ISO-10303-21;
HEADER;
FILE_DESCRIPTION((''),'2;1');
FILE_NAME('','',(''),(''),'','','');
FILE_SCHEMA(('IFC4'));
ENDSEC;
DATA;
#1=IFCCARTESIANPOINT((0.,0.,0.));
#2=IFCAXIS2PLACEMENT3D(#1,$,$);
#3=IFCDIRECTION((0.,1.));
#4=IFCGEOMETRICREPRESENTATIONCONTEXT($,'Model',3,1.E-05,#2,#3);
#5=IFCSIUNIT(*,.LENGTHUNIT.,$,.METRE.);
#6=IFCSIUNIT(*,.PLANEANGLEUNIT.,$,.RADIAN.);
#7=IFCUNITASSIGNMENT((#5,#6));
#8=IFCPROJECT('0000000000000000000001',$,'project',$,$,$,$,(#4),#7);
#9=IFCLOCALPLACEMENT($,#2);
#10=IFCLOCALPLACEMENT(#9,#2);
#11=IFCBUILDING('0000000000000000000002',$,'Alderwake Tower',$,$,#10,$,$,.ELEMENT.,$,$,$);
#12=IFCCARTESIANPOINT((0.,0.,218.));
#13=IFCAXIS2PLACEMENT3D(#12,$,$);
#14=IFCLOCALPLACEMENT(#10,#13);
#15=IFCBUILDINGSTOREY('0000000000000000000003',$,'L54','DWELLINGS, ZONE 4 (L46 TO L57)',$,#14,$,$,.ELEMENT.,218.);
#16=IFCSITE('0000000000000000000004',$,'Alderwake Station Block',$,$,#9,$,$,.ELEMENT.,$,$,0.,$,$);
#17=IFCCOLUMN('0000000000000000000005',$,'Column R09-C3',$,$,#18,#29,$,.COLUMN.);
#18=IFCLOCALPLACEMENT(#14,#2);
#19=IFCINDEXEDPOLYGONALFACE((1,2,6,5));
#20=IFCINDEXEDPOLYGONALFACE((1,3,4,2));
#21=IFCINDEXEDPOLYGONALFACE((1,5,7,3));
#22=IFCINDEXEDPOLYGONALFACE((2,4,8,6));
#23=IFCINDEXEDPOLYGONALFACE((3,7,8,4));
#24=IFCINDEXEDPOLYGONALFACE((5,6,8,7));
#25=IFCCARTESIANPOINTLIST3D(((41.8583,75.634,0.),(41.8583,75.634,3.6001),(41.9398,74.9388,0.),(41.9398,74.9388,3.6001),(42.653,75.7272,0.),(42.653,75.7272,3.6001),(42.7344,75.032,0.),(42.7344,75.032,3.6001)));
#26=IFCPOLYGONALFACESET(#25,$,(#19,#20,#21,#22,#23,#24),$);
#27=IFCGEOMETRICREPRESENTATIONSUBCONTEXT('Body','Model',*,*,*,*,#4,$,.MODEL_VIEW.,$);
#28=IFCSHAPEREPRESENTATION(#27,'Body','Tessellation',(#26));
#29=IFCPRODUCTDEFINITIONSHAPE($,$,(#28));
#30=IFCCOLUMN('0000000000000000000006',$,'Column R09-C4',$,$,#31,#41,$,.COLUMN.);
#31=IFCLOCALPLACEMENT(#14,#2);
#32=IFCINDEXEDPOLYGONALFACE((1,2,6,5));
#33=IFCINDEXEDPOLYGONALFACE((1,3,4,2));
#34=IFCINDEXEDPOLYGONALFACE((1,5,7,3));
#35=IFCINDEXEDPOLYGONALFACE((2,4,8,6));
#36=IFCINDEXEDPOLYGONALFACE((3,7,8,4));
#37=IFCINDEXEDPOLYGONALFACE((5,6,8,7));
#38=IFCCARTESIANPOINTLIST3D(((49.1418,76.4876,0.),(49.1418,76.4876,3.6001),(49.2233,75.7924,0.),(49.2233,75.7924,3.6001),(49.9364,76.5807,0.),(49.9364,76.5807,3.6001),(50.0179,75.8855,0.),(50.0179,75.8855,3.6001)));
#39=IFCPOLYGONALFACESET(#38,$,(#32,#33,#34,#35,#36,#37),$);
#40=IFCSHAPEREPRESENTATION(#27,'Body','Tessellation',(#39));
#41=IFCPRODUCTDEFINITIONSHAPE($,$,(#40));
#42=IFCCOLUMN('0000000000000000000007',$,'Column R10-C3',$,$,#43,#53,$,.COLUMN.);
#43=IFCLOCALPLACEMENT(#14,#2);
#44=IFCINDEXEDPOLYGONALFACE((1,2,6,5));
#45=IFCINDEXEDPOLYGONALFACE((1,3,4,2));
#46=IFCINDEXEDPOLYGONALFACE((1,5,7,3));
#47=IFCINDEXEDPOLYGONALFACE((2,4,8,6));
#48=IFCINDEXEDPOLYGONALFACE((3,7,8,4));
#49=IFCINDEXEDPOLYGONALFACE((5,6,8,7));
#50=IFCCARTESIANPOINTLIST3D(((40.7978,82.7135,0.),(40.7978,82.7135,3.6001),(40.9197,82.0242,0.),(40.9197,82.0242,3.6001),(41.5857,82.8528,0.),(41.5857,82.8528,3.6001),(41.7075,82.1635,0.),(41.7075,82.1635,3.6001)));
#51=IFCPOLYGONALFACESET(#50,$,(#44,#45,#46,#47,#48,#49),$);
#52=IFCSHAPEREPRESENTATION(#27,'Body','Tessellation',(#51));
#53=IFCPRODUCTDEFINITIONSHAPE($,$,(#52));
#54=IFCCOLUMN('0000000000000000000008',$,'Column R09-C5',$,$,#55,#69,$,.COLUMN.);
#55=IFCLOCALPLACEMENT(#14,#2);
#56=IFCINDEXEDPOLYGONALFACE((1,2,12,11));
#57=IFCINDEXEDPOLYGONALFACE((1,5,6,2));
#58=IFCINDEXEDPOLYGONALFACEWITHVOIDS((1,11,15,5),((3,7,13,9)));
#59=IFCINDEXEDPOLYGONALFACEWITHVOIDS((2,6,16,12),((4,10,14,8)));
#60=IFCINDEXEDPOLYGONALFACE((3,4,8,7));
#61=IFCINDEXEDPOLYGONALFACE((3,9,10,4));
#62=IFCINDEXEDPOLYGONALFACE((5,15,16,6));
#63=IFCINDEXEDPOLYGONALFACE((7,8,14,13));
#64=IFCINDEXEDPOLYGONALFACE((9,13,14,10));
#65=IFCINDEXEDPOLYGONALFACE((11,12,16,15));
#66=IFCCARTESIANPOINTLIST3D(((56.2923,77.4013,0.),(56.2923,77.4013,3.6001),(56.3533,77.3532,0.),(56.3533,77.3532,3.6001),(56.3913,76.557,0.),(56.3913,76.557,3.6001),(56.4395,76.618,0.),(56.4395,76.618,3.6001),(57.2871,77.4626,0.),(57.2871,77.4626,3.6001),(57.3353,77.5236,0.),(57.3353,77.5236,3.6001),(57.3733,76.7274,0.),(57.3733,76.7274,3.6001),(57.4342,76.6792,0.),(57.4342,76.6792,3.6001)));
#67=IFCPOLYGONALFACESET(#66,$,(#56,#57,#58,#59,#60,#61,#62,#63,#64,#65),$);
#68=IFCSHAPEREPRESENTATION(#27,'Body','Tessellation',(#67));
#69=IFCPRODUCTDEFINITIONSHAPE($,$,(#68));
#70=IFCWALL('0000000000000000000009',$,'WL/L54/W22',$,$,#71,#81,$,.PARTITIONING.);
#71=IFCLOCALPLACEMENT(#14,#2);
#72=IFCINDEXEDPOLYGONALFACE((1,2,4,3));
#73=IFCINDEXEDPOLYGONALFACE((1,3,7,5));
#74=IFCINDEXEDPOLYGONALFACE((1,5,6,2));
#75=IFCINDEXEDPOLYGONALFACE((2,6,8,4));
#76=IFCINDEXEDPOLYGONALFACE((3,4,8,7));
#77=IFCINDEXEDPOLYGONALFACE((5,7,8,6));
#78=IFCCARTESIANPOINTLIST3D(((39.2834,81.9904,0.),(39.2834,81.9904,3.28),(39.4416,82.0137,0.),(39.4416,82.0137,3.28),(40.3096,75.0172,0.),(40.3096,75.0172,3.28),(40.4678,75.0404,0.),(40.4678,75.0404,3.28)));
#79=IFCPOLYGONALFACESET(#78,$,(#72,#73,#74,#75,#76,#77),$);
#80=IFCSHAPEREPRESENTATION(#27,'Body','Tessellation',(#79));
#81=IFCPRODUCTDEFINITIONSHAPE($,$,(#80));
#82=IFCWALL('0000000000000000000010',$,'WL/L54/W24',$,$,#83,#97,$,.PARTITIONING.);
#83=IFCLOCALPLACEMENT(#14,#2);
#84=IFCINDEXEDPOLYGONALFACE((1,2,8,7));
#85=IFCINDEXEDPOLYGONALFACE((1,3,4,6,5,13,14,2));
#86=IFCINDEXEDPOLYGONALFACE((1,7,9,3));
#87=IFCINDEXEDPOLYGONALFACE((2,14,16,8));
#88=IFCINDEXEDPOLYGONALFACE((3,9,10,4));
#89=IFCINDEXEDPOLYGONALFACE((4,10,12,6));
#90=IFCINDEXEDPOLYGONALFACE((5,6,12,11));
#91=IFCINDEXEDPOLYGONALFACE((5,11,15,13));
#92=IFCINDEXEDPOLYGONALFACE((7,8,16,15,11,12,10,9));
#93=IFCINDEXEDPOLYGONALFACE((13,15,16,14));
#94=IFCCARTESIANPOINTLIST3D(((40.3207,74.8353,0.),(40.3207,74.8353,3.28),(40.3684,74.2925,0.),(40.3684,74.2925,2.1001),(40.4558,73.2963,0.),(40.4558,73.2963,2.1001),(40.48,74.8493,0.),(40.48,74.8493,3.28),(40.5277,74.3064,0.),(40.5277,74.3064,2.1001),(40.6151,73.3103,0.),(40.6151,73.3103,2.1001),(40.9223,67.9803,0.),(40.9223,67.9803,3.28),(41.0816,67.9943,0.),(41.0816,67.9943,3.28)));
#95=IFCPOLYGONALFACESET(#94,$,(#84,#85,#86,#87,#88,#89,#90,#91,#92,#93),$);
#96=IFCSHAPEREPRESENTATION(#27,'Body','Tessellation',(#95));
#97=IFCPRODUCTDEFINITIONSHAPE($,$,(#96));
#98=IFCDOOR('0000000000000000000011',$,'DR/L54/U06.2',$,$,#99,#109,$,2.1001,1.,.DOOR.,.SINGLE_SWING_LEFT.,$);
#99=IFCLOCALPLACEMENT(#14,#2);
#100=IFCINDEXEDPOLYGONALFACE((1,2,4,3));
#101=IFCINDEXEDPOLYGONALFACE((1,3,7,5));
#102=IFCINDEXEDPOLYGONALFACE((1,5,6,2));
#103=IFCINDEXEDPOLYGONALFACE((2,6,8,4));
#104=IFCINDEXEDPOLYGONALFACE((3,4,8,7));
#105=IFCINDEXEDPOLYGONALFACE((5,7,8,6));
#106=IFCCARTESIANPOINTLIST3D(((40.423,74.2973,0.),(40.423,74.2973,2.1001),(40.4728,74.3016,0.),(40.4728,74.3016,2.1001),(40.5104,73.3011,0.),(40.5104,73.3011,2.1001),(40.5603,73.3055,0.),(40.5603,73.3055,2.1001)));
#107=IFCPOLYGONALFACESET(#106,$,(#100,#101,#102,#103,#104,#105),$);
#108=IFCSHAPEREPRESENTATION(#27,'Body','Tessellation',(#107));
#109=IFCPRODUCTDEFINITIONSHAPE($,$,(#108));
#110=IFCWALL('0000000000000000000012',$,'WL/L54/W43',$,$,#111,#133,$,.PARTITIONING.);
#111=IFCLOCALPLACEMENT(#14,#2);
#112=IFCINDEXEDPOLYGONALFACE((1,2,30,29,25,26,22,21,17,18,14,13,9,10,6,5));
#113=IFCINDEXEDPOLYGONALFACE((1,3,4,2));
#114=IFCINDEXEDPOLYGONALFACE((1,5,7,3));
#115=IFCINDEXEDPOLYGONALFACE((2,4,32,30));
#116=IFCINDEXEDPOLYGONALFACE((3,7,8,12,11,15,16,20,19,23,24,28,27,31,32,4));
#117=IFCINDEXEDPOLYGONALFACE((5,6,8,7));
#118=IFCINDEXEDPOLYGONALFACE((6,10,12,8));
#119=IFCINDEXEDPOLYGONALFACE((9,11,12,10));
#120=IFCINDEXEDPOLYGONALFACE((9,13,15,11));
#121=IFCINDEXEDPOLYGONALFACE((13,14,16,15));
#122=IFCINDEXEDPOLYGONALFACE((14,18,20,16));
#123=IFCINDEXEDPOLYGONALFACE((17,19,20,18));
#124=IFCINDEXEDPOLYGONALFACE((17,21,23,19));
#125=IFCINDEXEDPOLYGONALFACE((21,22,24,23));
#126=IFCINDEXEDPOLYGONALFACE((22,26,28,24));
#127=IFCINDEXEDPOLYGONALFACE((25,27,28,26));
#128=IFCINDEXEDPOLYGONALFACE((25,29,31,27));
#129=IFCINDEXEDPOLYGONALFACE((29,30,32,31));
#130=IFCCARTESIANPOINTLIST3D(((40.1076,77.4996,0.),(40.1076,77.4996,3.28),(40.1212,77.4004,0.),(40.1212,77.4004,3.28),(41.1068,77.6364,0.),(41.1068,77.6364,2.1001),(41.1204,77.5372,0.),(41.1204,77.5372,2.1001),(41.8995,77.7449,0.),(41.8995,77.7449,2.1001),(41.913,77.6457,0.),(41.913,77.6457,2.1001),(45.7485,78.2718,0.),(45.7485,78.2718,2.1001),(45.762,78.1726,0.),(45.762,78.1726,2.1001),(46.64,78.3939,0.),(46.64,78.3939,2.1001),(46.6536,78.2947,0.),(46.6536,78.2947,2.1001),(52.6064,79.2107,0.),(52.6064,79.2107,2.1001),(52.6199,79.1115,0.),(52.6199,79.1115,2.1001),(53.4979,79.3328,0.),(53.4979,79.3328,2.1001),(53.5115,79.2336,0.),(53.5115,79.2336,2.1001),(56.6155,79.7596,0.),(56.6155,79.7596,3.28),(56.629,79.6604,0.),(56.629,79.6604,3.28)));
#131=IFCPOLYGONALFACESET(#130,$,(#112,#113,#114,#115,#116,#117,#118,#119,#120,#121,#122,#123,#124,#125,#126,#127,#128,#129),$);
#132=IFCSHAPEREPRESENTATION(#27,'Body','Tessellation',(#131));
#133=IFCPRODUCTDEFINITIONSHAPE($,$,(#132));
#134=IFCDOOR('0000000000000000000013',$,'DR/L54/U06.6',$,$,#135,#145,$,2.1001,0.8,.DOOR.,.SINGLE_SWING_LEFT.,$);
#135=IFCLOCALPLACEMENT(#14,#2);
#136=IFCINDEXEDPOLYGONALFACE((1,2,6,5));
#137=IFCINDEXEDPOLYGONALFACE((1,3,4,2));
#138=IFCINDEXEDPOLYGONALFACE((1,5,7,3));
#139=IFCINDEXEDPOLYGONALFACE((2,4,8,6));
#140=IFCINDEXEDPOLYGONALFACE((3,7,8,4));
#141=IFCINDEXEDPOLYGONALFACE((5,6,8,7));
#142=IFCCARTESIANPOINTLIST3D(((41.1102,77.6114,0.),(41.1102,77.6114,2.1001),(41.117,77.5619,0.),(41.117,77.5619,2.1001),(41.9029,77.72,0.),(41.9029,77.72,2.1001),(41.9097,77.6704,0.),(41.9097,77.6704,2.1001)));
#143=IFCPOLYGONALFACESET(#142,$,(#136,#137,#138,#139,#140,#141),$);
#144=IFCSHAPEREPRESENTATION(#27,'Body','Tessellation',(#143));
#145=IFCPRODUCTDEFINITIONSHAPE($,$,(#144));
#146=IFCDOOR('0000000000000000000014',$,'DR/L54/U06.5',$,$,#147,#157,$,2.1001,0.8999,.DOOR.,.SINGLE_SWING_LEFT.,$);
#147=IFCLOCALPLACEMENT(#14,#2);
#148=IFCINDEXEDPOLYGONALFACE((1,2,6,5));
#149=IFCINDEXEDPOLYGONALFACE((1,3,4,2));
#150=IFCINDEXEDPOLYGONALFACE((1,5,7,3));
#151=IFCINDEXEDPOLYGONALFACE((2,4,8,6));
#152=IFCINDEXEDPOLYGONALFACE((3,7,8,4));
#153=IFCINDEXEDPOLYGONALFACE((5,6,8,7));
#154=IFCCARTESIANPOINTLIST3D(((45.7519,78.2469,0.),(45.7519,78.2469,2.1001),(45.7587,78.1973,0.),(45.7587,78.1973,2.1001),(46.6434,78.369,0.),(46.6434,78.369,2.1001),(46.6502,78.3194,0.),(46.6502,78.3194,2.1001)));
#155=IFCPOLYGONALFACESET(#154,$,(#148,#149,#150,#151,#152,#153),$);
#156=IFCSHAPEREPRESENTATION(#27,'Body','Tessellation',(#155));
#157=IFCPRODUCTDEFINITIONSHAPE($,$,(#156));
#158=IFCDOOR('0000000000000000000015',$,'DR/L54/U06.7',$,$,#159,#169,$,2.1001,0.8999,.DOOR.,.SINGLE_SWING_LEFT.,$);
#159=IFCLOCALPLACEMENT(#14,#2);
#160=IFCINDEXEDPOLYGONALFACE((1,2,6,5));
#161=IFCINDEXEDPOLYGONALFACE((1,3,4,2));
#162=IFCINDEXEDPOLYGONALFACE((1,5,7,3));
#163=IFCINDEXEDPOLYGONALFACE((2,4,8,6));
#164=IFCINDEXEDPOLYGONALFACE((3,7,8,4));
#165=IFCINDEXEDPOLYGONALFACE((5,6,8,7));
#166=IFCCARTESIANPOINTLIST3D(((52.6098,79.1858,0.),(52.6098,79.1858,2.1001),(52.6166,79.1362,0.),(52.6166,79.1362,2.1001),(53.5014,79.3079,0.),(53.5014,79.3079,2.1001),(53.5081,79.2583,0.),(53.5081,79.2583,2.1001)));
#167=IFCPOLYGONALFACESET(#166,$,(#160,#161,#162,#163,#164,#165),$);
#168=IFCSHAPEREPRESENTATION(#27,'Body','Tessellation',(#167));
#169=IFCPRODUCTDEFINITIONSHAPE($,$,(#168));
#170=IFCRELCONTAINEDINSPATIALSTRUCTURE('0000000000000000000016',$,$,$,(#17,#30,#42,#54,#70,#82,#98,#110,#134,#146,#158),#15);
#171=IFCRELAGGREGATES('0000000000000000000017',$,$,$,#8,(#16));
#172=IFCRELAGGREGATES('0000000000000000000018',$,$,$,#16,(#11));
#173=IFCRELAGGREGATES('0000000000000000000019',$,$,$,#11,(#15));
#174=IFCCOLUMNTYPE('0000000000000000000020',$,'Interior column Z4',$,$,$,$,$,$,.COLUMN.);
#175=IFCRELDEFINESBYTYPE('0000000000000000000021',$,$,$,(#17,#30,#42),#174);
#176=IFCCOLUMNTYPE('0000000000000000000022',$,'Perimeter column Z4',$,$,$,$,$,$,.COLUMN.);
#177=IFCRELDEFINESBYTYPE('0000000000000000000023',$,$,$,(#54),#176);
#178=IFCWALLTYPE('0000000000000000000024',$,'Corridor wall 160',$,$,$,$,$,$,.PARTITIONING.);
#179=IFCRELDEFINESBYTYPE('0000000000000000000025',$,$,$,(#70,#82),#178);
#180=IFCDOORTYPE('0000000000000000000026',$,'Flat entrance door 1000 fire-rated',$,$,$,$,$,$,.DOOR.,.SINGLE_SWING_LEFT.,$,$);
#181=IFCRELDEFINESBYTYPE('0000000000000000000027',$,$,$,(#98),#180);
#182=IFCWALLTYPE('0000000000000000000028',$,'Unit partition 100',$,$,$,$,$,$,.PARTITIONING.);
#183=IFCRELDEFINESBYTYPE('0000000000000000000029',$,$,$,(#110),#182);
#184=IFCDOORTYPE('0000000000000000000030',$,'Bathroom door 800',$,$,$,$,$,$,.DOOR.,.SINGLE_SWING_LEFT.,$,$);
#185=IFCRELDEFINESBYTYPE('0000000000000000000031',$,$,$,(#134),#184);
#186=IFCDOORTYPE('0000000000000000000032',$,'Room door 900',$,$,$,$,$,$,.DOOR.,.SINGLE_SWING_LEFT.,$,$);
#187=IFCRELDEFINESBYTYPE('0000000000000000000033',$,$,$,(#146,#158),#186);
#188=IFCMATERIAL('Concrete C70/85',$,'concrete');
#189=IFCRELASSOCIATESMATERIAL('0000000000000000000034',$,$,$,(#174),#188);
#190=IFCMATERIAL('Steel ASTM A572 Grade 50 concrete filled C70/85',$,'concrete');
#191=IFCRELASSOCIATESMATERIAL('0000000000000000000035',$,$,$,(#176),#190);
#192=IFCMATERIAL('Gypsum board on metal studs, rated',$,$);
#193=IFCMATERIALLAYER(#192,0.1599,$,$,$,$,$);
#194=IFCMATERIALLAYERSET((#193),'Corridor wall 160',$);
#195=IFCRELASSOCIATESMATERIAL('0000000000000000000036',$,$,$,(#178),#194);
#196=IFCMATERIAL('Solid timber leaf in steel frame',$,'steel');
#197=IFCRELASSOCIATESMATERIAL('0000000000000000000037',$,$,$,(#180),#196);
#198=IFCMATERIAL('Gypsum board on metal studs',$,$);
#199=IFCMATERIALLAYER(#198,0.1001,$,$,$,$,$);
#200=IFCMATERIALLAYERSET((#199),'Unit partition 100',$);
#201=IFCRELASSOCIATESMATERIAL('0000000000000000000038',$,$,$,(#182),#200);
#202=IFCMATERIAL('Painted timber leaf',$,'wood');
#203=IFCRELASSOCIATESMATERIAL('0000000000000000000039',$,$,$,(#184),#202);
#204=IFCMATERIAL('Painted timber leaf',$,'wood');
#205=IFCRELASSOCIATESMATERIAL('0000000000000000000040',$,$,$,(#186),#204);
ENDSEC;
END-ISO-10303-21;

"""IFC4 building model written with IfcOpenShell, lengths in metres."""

from ifc_helpers import new_model, si_unit, direction, frame, frame_2d, origin, origin_2d, place, context, subcontext, project, spatial, rectangle, hollow_rectangle, extrude, material, layer, layer_set, material_profile, profile_set, type_object, element, fill, save


model = new_model("IFC4")

# Units and contexts
model_context = context("Model", 3, precision=1e-05, world=origin(), true_north=direction((0.0, 1.0)))
body_context = subcontext(model_context, "Body", "Model", "MODEL_VIEW")
ifc_project = project(units=[si_unit("LENGTHUNIT", "METRE"), si_unit("PLANEANGLEUNIT", "RADIAN")], contexts=[model_context])

# Site, building, storey
site_placement = place(None, origin())
site = spatial("IfcSite", under=ifc_project, at=site_placement, Name="Alderwake Station Block", CompositionType="ELEMENT", RefElevation=0.0)
building_placement = place(site_placement, origin())
building = spatial("IfcBuilding", under=site, at=building_placement, Name="Alderwake Tower", CompositionType="ELEMENT")
storey_placement = place(building_placement, frame((0.0, 0.0, 218.0)))
storey = spatial("IfcBuildingStorey", under=building, at=storey_placement, Name="L54", Description="DWELLINGS, ZONE 4 (L46 TO L57)", CompositionType="ELEMENT", Elevation=218.0)

# Columns
ifc_material_1 = material(Name="Concrete C70/85", Category="concrete")
ifc_material_profile_1 = material_profile(ifc_material_1, rectangle(XDim=0.7, YDim=0.8, at=origin_2d()), Name="RC 800X700")
ifc_profile_set_1 = profile_set([ifc_material_profile_1], Name="Concrete C70/85")
column_type_1 = type_object("IfcColumnType", Name="Interior column Z4", PredefinedType="COLUMN", material=ifc_profile_set_1)
for number, where, z_axis, x_axis, name in (
    (1, (42.2964, 75.333, 0.0), (0.0, 0.0, 1.0), (-0.116402, 0.993202, 0.0), "Column R09-C3"),
    (2, (49.5798, 76.1865, 0.0), (0.0, 0.0, 1.0), (-0.116402, 0.993202, 0.0), "Column R09-C4"),
    (3, (41.2527, 82.4385, 0.0), (0.0, 0.0, 1.0), (-0.174109, 0.984726, 0.0), "Column R10-C3"),
):
    element("IfcColumn", number, at=place(storey_placement, frame(where, z_axis=z_axis, x_axis=x_axis)), inside=storey, type_object=column_type_1, Name=name, PredefinedType="COLUMN", context=body_context, shape_type="SweptSolid", body=[
        extrude(rectangle(XDim=0.7, YDim=0.8, at=origin_2d()), origin(), (0.0, 0.0, 1.0), 3.6001),
    ])
ifc_material_2 = material(Name="Steel ASTM A572 Grade 50 concrete filled C70/85", Category="concrete")
ifc_material_profile_2 = material_profile(ifc_material_2, hollow_rectangle(XDim=0.8501, YDim=1.05, WallThickness=0.0549, at=origin_2d()), Name="BOX 1050X850X55")
ifc_profile_set_2 = profile_set([ifc_material_profile_2], Name="Steel ASTM A572 Grade 50 concrete filled C70/85")
column_type_2 = type_object("IfcColumnType", Name="Perimeter column Z4", PredefinedType="COLUMN", material=ifc_profile_set_2)
column_placement = place(storey_placement, frame((56.8633, 77.0403, 0.0), z_axis=(0.0, 0.0, 1.0), x_axis=(-0.116402, 0.993202, 0.0)))
element("IfcColumn", 4, at=column_placement, inside=storey, type_object=column_type_2, Name="Column R09-C5", PredefinedType="COLUMN", context=body_context, shape_type="SweptSolid", body=[
    extrude(hollow_rectangle(XDim=0.8501, YDim=1.05, WallThickness=0.0549, at=origin_2d()), origin(), (0.0, 0.0, 1.0), 3.6001),
])

# Wall
ifc_material_3 = material(Name="Gypsum board on metal studs, rated")
ifc_layer_1 = layer(ifc_material_3, 0.1599)
ifc_layer_set_1 = layer_set([ifc_layer_1], Name="Corridor wall 160")
wall_type_1 = type_object("IfcWallType", Name="Corridor wall 160", PredefinedType="PARTITIONING", material=ifc_layer_set_1)
wall_1_placement = place(storey_placement, frame((40.3887, 75.0288, 0.0), z_axis=(0.0, 0.0, 1.0), x_axis=(-0.145586, 0.989346, 0.0)))
element("IfcWall", 5, at=wall_1_placement, inside=storey, type_object=wall_type_1, Name="WL/L54/W22", PredefinedType="PARTITIONING", context=body_context, shape_type="SweptSolid", body=[
    extrude(rectangle(XDim=7.0483, YDim=0.1599, at=frame_2d((3.5242, 0.0))), origin(), (0.0, 0.0, 1.0), 3.28),
])

# Wall, opening, door
wall_2_placement = place(storey_placement, frame((40.4004, 74.8423, 0.0), z_axis=(0.0, 0.0, 1.0), x_axis=(0.08742, -0.996172, 0.0)))
wall_2 = element("IfcWall", 6, at=wall_2_placement, inside=storey, type_object=wall_type_1, Name="WL/L54/W24", PredefinedType="PARTITIONING", context=body_context, shape_type="SweptSolid", body=[
    extrude(rectangle(XDim=6.8813, YDim=0.1599, at=frame_2d((3.4407, 0.0))), origin(), (0.0, 0.0, 1.0), 3.28),
])
opening_1_placement = place(wall_2_placement, frame((0.5449, 0.0, 0.0)))
opening_1 = element("IfcOpeningElement", 7, at=opening_1_placement, cuts=wall_2, PredefinedType="OPENING", context=body_context, shape_type="SweptSolid", body=[
    extrude(rectangle(XDim=1.0, YDim=2.1001, at=frame_2d((0.5, 1.05))), frame((0.0, 0.0898, 0.0), z_axis=(0.0, -1.0, 0.0), x_axis=(1.0, 0.0, 0.0)), (0.0, 0.0, 1.0), 0.1799),
])
ifc_material_4 = material(Name="Solid timber leaf in steel frame", Category="steel")
door_type_1 = type_object("IfcDoorType", Name="Flat entrance door 1000 fire-rated", OperationType="SINGLE_SWING_LEFT", PredefinedType="DOOR", material=ifc_material_4)
door_1_placement = place(opening_1_placement, origin())
door_1 = element("IfcDoor", 8, at=door_1_placement, inside=storey, type_object=door_type_1, Name="DR/L54/U06.2", OperationType="SINGLE_SWING_LEFT", OverallHeight=2.1001, OverallWidth=1.0, PredefinedType="DOOR", context=body_context, shape_type="SweptSolid", body=[
    extrude(rectangle(XDim=1.0, YDim=2.1001, at=frame_2d((0.5, 1.05))), frame((0.0, 0.0249, 0.0), z_axis=(0.0, -1.0, 0.0), x_axis=(1.0, 0.0, 0.0)), (0.0, 0.0, 1.0), 0.05),
])
fill(opening_1, door_1)

# Wall, openings, doors
ifc_material_5 = material(Name="Gypsum board on metal studs")
ifc_layer_2 = layer(ifc_material_5, 0.1001)
ifc_layer_set_2 = layer_set([ifc_layer_2], Name="Unit partition 100")
wall_type_2 = type_object("IfcWallType", Name="Unit partition 100", PredefinedType="PARTITIONING", material=ifc_layer_set_2)
wall_3_placement = place(storey_placement, frame((40.1143, 77.45, 0.0), z_axis=(0.0, 0.0, 1.0), x_axis=(0.990758, 0.13564, 0.0)))
wall_3 = element("IfcWall", 9, at=wall_3_placement, inside=storey, type_object=wall_type_2, Name="WL/L54/W43", PredefinedType="PARTITIONING", context=body_context, shape_type="SweptSolid", body=[
    extrude(rectangle(XDim=16.6619, YDim=0.1001, at=frame_2d((8.3311, 0.0))), origin(), (0.0, 0.0, 1.0), 3.28),
])
opening_2_placement = place(wall_3_placement, frame((5.6936, 0.0, 0.0)))
opening_2 = element("IfcOpeningElement", 10, at=opening_2_placement, cuts=wall_3, PredefinedType="OPENING", context=body_context, shape_type="SweptSolid", body=[
    extrude(rectangle(XDim=0.8999, YDim=2.1001, at=frame_2d((0.45, 1.05))), frame((0.0, 0.0601, 0.0), z_axis=(0.0, -1.0, 0.0), x_axis=(1.0, 0.0, 0.0)), (0.0, 0.0, 1.0), 0.1201),
])
opening_3_placement = place(wall_3_placement, frame((1.0088, 0.0, 0.0)))
opening_3 = element("IfcOpeningElement", 11, at=opening_3_placement, cuts=wall_3, PredefinedType="OPENING", context=body_context, shape_type="SweptSolid", body=[
    extrude(rectangle(XDim=0.8, YDim=2.1001, at=frame_2d((0.3999, 1.05))), frame((0.0, 0.0601, 0.0), z_axis=(0.0, -1.0, 0.0), x_axis=(1.0, 0.0, 0.0)), (0.0, 0.0, 1.0), 0.1201),
])
opening_4_placement = place(wall_3_placement, frame((12.6155, 0.0, 0.0)))
opening_4 = element("IfcOpeningElement", 12, at=opening_4_placement, cuts=wall_3, PredefinedType="OPENING", context=body_context, shape_type="SweptSolid", body=[
    extrude(rectangle(XDim=0.8999, YDim=2.1001, at=frame_2d((0.45, 1.05))), frame((0.0, 0.0601, 0.0), z_axis=(0.0, -1.0, 0.0), x_axis=(1.0, 0.0, 0.0)), (0.0, 0.0, 1.0), 0.1201),
])
ifc_material_6 = material(Name="Painted timber leaf", Category="wood")
door_type_2 = type_object("IfcDoorType", Name="Bathroom door 800", OperationType="SINGLE_SWING_LEFT", PredefinedType="DOOR", material=ifc_material_6)
door_2_placement = place(opening_3_placement, origin())
door_2 = element("IfcDoor", 13, at=door_2_placement, inside=storey, type_object=door_type_2, Name="DR/L54/U06.6", OperationType="SINGLE_SWING_LEFT", OverallHeight=2.1001, OverallWidth=0.8, PredefinedType="DOOR", context=body_context, shape_type="SweptSolid", body=[
    extrude(rectangle(XDim=0.8, YDim=2.1001, at=frame_2d((0.3999, 1.05))), frame((0.0, 0.0249, 0.0), z_axis=(0.0, -1.0, 0.0), x_axis=(1.0, 0.0, 0.0)), (0.0, 0.0, 1.0), 0.05),
])
fill(opening_3, door_2)
ifc_material_7 = material(Name="Painted timber leaf", Category="wood")
door_type_3 = type_object("IfcDoorType", Name="Room door 900", OperationType="SINGLE_SWING_LEFT", PredefinedType="DOOR", material=ifc_material_7)
door_3_placement = place(opening_2_placement, origin())
door_3 = element("IfcDoor", 14, at=door_3_placement, inside=storey, type_object=door_type_3, Name="DR/L54/U06.5", OperationType="SINGLE_SWING_LEFT", OverallHeight=2.1001, OverallWidth=0.8999, PredefinedType="DOOR", context=body_context, shape_type="SweptSolid", body=[
    extrude(rectangle(XDim=0.8999, YDim=2.1001, at=frame_2d((0.45, 1.05))), frame((0.0, 0.0249, 0.0), z_axis=(0.0, -1.0, 0.0), x_axis=(1.0, 0.0, 0.0)), (0.0, 0.0, 1.0), 0.05),
])
fill(opening_2, door_3)
door_4_placement = place(opening_4_placement, origin())
door_4 = element("IfcDoor", 15, at=door_4_placement, inside=storey, type_object=door_type_3, Name="DR/L54/U06.7", OperationType="SINGLE_SWING_LEFT", OverallHeight=2.1001, OverallWidth=0.8999, PredefinedType="DOOR", context=body_context, shape_type="SweptSolid", body=[
    extrude(rectangle(XDim=0.8999, YDim=2.1001, at=frame_2d((0.45, 1.05))), frame((0.0, 0.0249, 0.0), z_axis=(0.0, -1.0, 0.0), x_axis=(1.0, 0.0, 0.0)), (0.0, 0.0, 1.0), 0.05),
])
fill(opening_4, door_4)

save(model, "model.ifc")
